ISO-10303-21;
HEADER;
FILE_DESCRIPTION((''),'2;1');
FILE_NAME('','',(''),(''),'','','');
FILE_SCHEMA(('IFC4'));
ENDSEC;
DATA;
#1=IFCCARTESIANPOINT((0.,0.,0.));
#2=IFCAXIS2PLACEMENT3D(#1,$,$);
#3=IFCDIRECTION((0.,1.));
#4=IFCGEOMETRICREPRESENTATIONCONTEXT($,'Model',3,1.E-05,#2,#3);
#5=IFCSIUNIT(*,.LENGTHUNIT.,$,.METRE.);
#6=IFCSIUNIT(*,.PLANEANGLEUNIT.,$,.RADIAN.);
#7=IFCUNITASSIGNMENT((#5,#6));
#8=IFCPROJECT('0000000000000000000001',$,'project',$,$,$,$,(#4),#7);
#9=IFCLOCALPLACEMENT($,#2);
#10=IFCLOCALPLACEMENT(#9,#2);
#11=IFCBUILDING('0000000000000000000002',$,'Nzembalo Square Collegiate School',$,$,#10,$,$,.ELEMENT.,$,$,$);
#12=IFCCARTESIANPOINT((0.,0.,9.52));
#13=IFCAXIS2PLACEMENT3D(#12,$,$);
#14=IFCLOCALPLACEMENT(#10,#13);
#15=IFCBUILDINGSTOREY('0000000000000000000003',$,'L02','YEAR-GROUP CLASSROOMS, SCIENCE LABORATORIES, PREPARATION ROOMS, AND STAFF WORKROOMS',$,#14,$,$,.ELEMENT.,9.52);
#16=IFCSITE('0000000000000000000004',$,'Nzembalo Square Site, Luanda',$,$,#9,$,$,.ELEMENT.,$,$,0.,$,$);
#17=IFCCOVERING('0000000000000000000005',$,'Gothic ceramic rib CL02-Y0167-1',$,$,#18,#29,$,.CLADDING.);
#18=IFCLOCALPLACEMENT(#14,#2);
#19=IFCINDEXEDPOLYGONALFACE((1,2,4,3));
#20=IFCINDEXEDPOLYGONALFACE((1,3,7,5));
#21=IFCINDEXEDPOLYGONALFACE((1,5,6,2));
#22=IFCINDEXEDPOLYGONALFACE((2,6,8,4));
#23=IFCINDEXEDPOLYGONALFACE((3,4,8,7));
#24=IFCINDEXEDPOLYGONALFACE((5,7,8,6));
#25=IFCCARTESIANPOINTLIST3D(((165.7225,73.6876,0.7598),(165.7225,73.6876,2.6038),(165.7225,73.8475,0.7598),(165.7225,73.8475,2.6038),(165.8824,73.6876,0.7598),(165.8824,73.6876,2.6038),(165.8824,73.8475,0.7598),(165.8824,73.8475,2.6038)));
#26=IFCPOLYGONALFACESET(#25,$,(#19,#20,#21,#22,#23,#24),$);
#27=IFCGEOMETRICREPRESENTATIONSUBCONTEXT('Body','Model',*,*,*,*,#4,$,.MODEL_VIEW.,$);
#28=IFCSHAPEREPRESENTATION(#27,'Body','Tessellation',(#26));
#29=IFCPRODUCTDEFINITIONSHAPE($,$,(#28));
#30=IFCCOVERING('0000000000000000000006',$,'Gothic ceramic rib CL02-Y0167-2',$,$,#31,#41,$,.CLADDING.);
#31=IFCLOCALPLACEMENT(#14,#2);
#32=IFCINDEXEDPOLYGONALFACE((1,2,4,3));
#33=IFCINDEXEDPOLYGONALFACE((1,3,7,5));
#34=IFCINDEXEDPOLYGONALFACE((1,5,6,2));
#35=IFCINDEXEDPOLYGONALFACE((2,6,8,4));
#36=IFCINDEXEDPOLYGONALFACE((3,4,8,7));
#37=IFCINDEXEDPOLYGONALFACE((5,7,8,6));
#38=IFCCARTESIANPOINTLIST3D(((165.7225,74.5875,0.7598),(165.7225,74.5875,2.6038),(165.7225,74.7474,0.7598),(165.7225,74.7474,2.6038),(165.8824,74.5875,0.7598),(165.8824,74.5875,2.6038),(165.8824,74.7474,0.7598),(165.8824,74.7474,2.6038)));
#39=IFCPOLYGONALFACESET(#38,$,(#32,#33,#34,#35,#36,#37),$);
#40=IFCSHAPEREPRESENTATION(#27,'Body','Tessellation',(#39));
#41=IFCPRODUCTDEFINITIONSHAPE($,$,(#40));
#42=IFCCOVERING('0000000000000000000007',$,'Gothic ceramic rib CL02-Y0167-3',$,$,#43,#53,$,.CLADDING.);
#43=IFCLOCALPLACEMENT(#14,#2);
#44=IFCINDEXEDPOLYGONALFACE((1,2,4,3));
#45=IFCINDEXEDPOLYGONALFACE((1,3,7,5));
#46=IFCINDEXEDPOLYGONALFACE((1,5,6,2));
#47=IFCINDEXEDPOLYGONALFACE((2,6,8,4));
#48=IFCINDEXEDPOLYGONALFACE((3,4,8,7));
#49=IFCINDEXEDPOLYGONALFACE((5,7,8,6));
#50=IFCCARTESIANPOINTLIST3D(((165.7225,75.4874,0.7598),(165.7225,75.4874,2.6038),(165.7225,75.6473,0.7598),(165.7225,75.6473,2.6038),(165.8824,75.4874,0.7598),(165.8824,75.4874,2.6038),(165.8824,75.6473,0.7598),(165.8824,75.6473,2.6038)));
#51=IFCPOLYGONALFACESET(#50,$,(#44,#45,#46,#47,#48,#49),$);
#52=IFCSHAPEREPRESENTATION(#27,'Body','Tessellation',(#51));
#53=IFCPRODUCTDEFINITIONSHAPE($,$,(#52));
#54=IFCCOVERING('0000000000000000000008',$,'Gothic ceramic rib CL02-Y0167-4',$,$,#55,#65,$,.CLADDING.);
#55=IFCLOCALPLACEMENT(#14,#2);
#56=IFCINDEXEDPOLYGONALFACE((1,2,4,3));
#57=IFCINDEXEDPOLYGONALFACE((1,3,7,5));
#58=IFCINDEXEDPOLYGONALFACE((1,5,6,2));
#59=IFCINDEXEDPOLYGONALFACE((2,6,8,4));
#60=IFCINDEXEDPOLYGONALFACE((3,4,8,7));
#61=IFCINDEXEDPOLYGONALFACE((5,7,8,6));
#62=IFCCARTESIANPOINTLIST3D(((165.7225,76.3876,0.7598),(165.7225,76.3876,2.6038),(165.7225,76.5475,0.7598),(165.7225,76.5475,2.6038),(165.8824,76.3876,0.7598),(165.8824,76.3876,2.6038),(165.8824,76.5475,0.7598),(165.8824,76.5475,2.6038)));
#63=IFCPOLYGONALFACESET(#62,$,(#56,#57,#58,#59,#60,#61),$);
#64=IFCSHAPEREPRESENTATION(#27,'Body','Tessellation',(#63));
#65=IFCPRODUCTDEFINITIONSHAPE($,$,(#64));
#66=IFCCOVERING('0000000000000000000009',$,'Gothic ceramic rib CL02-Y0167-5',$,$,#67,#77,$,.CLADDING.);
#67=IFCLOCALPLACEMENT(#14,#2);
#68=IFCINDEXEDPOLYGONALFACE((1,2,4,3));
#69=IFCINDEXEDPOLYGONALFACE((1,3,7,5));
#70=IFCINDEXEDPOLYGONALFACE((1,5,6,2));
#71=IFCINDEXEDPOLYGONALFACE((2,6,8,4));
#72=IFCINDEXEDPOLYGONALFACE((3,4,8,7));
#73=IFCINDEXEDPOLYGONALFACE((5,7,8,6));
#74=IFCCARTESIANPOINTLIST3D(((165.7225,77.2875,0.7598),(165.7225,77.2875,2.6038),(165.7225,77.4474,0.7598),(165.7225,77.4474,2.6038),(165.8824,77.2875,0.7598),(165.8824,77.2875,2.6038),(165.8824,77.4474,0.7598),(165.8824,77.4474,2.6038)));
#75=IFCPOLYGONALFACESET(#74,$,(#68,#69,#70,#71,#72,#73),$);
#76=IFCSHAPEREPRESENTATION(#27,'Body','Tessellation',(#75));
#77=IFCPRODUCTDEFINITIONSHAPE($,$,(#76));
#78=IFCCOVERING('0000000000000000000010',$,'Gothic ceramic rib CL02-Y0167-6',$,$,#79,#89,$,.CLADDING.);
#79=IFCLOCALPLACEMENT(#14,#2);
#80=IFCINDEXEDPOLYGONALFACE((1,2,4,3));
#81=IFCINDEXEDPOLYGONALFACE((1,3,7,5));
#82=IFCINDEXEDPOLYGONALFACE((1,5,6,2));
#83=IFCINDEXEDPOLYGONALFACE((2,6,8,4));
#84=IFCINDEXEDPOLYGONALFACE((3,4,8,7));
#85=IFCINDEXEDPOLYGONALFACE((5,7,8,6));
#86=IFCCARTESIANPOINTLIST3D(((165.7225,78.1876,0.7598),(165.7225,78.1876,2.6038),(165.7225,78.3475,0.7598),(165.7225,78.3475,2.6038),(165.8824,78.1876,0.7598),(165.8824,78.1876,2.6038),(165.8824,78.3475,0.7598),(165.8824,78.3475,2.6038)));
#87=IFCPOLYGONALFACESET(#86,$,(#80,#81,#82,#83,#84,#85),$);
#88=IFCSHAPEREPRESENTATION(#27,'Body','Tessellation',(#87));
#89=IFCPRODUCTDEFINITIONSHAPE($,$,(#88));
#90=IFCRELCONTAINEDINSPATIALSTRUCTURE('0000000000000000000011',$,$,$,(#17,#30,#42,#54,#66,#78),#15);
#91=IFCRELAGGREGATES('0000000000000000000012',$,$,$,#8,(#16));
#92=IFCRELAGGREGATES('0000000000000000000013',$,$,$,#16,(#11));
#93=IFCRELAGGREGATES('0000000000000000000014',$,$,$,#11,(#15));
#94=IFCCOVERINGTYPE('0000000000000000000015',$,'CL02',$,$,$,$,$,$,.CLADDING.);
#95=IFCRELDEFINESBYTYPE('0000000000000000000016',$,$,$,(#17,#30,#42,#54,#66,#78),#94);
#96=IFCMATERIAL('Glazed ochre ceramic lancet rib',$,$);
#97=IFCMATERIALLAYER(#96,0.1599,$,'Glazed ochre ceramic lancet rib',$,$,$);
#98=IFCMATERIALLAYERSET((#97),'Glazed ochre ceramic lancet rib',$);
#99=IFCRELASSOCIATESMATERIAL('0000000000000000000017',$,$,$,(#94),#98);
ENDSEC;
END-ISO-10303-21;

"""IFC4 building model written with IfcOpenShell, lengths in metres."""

from ifc_helpers import new_model, si_unit, direction, frame, origin, origin_2d, place, context, subcontext, project, spatial, rectangle, extrude, material, layer, layer_set, type_object, element, save


model = new_model("IFC4")

# Units and contexts
model_context = context("Model", 3, precision=1e-05, world=origin(), true_north=direction((0.0, 1.0)))
body_context = subcontext(model_context, "Body", "Model", "MODEL_VIEW")
ifc_project = project(units=[si_unit("LENGTHUNIT", "METRE"), si_unit("PLANEANGLEUNIT", "RADIAN")], contexts=[model_context])

# Site, building, storey
site_placement = place(None, origin())
site = spatial("IfcSite", under=ifc_project, at=site_placement, Name="Nzembalo Square Site, Luanda", CompositionType="ELEMENT", RefElevation=0.0)
building_placement = place(site_placement, origin())
building = spatial("IfcBuilding", under=site, at=building_placement, Name="Nzembalo Square Collegiate School", CompositionType="ELEMENT")
storey_placement = place(building_placement, frame((0.0, 0.0, 9.52)))
storey = spatial("IfcBuildingStorey", under=building, at=storey_placement, Name="L02", Description="YEAR-GROUP CLASSROOMS, SCIENCE LABORATORIES, PREPARATION ROOMS, AND STAFF WORKROOMS", CompositionType="ELEMENT", Elevation=9.52)

# Coverings
ifc_material_1 = material(Name="Glazed ochre ceramic lancet rib")
ifc_layer_1 = layer(ifc_material_1, 0.1599, Name="Glazed ochre ceramic lancet rib")
ifc_layer_set_1 = layer_set([ifc_layer_1], Name="Glazed ochre ceramic lancet rib")
covering_type_1 = type_object("IfcCoveringType", Name="CL02", PredefinedType="CLADDING", material=ifc_layer_set_1)
for number, where, z_axis, x_axis, name in (
    (1, (165.8025, 73.7676, 0.7598), (0.0, 0.0, 1.0), (1.0, 0.0, 0.0), "Gothic ceramic rib CL02-Y0167-1"),
    (2, (165.8025, 74.6675, 0.7598), (0.0, 0.0, 1.0), (1.0, 0.0, 0.0), "Gothic ceramic rib CL02-Y0167-2"),
    (3, (165.8025, 75.5674, 0.7598), (0.0, 0.0, 1.0), (1.0, 0.0, 0.0), "Gothic ceramic rib CL02-Y0167-3"),
    (4, (165.8025, 76.4675, 0.7598), (0.0, 0.0, 1.0), (1.0, 0.0, 0.0), "Gothic ceramic rib CL02-Y0167-4"),
    (5, (165.8025, 77.3674, 0.7598), (0.0, 0.0, 1.0), (1.0, 0.0, 0.0), "Gothic ceramic rib CL02-Y0167-5"),
    (6, (165.8025, 78.2676, 0.7598), (0.0, 0.0, 1.0), (1.0, 0.0, 0.0), "Gothic ceramic rib CL02-Y0167-6"),
):
    element("IfcCovering", number, at=place(storey_placement, frame(where, z_axis=z_axis, x_axis=x_axis)), inside=storey, type_object=covering_type_1, Name=name, PredefinedType="CLADDING", context=body_context, shape_type="SweptSolid", body=[
        extrude(rectangle(XDim=0.1599, YDim=0.1599, at=origin_2d()), origin(), (0.0, 0.0, 1.0), 1.844),
    ])

save(model, "model.ifc")
